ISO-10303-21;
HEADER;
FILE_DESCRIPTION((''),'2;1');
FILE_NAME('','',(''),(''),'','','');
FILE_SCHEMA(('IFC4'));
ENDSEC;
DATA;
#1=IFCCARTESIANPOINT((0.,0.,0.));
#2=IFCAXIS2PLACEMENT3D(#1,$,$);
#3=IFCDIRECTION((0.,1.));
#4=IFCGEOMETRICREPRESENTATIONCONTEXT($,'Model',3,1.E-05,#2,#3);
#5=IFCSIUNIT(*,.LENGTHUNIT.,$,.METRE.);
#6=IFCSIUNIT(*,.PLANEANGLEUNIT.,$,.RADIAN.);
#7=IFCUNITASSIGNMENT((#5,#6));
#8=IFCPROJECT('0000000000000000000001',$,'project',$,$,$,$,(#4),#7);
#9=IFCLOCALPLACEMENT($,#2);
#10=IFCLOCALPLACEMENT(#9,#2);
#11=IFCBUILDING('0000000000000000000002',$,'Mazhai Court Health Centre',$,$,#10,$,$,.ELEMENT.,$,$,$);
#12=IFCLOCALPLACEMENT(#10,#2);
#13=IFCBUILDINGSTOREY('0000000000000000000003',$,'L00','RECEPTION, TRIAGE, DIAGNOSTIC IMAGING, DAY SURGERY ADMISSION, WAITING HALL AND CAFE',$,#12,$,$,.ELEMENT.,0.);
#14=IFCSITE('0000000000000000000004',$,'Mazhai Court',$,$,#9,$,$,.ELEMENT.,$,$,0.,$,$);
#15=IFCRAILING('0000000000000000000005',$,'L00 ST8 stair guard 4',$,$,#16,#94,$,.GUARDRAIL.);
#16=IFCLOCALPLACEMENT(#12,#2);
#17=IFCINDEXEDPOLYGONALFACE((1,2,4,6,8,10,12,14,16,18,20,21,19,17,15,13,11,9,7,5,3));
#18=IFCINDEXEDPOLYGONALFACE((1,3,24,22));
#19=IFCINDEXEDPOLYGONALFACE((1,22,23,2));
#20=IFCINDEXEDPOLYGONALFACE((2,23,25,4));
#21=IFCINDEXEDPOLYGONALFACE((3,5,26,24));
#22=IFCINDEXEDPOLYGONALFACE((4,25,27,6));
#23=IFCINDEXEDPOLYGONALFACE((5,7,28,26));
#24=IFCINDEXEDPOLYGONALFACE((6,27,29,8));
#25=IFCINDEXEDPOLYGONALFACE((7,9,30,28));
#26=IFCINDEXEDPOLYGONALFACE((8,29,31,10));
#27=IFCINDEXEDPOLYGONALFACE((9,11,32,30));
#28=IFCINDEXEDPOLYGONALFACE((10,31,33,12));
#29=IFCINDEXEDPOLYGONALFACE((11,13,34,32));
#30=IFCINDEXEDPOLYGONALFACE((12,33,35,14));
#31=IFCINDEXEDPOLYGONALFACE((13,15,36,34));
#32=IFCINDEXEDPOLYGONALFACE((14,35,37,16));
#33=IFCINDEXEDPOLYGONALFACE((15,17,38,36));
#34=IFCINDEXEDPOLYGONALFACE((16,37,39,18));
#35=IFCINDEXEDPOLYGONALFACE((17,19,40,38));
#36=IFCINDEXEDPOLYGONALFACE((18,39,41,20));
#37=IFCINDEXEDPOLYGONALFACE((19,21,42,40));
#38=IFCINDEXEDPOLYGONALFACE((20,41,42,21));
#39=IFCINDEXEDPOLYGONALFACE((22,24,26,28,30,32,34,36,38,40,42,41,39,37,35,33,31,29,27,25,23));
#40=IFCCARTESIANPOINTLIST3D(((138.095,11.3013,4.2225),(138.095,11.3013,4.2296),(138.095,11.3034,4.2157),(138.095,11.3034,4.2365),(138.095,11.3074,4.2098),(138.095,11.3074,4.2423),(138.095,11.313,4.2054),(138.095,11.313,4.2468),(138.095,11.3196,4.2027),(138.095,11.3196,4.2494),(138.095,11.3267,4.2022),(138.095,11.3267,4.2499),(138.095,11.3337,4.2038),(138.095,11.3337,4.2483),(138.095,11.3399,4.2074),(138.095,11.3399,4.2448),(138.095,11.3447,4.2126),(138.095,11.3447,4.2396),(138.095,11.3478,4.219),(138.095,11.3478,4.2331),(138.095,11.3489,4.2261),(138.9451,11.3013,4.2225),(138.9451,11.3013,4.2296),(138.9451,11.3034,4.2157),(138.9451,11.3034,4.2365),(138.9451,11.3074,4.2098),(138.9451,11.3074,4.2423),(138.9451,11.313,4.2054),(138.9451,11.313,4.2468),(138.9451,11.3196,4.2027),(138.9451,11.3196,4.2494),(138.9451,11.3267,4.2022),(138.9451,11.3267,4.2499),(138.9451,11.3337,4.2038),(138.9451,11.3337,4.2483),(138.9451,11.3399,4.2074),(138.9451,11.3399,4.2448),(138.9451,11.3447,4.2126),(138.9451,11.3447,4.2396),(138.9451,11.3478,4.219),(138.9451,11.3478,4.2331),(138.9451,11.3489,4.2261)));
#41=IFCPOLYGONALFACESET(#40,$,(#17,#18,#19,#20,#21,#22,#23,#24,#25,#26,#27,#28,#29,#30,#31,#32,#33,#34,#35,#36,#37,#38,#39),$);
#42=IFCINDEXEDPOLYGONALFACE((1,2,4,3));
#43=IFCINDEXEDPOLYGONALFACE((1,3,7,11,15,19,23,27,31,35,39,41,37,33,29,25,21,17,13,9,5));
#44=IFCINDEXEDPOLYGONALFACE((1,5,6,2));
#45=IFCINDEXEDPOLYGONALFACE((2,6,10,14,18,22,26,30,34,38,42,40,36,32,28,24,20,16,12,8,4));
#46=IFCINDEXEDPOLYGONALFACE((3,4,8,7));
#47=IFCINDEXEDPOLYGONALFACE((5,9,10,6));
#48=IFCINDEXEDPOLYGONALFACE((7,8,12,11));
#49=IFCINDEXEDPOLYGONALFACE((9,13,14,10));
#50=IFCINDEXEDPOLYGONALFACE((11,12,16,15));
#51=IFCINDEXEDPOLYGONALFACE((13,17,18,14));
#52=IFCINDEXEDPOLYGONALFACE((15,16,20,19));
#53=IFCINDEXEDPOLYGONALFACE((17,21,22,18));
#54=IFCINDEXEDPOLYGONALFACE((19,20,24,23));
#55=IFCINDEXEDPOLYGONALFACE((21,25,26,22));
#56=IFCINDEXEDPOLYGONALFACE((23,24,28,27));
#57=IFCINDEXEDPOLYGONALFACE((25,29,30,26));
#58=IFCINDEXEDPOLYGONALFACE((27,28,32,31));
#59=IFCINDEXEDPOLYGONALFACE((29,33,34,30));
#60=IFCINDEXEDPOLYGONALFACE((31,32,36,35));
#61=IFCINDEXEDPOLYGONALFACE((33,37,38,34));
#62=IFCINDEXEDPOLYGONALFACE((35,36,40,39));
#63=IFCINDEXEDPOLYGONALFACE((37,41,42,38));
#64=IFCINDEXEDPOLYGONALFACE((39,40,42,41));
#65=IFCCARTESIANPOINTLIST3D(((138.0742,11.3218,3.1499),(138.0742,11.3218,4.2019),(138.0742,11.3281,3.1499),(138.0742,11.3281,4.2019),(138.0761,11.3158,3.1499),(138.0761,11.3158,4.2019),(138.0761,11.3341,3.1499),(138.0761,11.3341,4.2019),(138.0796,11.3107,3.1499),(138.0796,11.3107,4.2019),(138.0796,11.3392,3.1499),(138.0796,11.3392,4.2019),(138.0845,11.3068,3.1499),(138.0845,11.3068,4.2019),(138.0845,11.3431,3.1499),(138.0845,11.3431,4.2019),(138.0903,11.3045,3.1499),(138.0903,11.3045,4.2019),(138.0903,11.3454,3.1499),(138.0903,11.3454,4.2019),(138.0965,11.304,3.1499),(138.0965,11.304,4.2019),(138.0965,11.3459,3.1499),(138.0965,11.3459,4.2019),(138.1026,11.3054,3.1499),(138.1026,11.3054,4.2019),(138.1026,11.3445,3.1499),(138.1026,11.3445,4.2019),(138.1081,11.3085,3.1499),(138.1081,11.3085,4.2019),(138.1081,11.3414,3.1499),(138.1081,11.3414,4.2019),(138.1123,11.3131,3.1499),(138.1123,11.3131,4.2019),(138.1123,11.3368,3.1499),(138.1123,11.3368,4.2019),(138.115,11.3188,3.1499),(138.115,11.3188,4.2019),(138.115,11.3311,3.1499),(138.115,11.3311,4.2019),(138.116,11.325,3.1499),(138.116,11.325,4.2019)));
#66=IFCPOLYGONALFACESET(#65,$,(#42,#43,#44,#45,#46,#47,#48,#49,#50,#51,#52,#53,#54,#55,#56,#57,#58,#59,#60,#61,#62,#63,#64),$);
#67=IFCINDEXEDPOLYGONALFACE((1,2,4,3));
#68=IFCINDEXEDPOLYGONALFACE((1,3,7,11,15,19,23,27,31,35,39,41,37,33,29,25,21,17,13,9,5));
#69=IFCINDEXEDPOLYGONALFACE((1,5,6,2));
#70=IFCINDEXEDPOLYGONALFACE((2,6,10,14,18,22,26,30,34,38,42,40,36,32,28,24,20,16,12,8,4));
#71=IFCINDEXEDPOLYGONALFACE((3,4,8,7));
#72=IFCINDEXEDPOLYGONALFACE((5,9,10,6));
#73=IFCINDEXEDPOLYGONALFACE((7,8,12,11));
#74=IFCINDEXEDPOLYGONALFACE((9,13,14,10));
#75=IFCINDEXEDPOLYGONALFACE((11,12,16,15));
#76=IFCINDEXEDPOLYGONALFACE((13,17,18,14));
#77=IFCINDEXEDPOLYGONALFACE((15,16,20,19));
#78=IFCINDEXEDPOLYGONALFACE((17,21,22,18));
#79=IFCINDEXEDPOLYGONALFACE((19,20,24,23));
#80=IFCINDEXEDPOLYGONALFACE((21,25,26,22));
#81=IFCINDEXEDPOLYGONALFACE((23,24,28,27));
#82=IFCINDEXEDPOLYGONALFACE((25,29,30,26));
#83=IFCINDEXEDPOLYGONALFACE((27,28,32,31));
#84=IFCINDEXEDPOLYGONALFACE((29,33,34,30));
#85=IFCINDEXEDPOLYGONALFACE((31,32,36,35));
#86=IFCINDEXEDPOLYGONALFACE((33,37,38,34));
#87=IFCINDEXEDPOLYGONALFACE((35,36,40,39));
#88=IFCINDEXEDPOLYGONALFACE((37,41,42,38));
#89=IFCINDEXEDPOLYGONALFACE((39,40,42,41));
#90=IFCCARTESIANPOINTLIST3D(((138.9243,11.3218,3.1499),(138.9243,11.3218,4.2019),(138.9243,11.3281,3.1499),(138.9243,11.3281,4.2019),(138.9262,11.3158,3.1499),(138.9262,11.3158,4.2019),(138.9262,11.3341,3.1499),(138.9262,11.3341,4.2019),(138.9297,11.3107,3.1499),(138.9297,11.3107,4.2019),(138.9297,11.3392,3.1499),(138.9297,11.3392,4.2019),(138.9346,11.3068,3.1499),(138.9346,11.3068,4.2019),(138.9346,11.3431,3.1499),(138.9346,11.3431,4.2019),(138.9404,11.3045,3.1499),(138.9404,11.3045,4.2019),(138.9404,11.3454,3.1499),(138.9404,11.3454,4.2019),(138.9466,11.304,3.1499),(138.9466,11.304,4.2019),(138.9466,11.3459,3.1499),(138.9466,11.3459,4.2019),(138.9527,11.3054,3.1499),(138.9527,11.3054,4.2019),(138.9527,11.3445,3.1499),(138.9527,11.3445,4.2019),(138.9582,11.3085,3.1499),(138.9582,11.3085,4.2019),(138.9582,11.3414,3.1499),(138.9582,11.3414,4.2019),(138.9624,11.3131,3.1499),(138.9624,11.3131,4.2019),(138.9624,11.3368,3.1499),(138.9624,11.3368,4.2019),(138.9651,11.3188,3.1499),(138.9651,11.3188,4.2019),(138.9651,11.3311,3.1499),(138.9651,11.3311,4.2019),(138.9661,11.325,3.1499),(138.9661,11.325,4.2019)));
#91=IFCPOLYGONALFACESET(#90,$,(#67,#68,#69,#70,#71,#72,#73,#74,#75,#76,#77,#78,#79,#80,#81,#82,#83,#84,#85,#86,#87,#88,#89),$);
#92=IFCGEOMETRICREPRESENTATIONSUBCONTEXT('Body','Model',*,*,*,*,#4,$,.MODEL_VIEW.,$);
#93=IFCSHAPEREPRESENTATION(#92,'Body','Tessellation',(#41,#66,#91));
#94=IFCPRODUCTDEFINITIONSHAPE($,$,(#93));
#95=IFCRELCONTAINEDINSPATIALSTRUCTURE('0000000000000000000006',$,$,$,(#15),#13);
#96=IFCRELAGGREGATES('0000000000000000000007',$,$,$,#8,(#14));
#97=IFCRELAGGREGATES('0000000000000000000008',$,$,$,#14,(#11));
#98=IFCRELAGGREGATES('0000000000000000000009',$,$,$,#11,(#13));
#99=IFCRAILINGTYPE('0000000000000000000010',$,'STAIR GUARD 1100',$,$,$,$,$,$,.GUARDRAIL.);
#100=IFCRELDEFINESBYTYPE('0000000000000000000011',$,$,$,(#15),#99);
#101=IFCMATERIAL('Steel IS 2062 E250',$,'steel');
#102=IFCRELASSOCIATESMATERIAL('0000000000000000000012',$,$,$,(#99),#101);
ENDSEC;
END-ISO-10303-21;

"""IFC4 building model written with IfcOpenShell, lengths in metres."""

from ifc_helpers import new_model, si_unit, direction, frame, origin, origin_2d, place, context, subcontext, project, spatial, circle, extrude, material, type_object, element, save


model = new_model("IFC4")

# Units and contexts
model_context = context("Model", 3, precision=1e-05, world=origin(), true_north=direction((0.0, 1.0)))
body_context = subcontext(model_context, "Body", "Model", "MODEL_VIEW")
ifc_project = project(units=[si_unit("LENGTHUNIT", "METRE"), si_unit("PLANEANGLEUNIT", "RADIAN")], contexts=[model_context])

# Site, building, storey
site_placement = place(None, origin())
site = spatial("IfcSite", under=ifc_project, at=site_placement, Name="Mazhai Court", CompositionType="ELEMENT", RefElevation=0.0)
building_placement = place(site_placement, origin())
building = spatial("IfcBuilding", under=site, at=building_placement, Name="Mazhai Court Health Centre", CompositionType="ELEMENT")
storey_placement = place(building_placement, origin())
storey = spatial("IfcBuildingStorey", under=building, at=storey_placement, Name="L00", Description="RECEPTION, TRIAGE, DIAGNOSTIC IMAGING, DAY SURGERY ADMISSION, WAITING HALL AND CAFE", CompositionType="ELEMENT", Elevation=0.0)

# Railing
ifc_material_1 = material(Name="Steel IS 2062 E250", Category="steel")
railing_type_1 = type_object("IfcRailingType", Name="STAIR GUARD 1100", PredefinedType="GUARDRAIL", material=ifc_material_1)
railing_1_placement = place(storey_placement, frame((138.095, 11.325, 3.1499)))
element("IfcRailing", 1, at=railing_1_placement, inside=storey, type_object=railing_type_1, Name="L00 ST8 stair guard 4", PredefinedType="GUARDRAIL", context=body_context, shape_type="SweptSolid", body=[
    extrude(circle(Radius=0.0239, at=origin_2d()), frame((0.0, 0.0, 1.0762), z_axis=(1.0, 0.0, 0.0), x_axis=(0.0, 1.0, 0.0)), (0.0, 0.0, 1.0), 0.8501),
    extrude(circle(Radius=0.021, at=origin_2d()), origin(), (0.0, 0.0, 1.0), 1.052),
    extrude(circle(Radius=0.021, at=origin_2d()), frame((0.8501, 0.0, 0.0)), (0.0, 0.0, 1.0), 1.052),
])

save(model, "model.ifc")
